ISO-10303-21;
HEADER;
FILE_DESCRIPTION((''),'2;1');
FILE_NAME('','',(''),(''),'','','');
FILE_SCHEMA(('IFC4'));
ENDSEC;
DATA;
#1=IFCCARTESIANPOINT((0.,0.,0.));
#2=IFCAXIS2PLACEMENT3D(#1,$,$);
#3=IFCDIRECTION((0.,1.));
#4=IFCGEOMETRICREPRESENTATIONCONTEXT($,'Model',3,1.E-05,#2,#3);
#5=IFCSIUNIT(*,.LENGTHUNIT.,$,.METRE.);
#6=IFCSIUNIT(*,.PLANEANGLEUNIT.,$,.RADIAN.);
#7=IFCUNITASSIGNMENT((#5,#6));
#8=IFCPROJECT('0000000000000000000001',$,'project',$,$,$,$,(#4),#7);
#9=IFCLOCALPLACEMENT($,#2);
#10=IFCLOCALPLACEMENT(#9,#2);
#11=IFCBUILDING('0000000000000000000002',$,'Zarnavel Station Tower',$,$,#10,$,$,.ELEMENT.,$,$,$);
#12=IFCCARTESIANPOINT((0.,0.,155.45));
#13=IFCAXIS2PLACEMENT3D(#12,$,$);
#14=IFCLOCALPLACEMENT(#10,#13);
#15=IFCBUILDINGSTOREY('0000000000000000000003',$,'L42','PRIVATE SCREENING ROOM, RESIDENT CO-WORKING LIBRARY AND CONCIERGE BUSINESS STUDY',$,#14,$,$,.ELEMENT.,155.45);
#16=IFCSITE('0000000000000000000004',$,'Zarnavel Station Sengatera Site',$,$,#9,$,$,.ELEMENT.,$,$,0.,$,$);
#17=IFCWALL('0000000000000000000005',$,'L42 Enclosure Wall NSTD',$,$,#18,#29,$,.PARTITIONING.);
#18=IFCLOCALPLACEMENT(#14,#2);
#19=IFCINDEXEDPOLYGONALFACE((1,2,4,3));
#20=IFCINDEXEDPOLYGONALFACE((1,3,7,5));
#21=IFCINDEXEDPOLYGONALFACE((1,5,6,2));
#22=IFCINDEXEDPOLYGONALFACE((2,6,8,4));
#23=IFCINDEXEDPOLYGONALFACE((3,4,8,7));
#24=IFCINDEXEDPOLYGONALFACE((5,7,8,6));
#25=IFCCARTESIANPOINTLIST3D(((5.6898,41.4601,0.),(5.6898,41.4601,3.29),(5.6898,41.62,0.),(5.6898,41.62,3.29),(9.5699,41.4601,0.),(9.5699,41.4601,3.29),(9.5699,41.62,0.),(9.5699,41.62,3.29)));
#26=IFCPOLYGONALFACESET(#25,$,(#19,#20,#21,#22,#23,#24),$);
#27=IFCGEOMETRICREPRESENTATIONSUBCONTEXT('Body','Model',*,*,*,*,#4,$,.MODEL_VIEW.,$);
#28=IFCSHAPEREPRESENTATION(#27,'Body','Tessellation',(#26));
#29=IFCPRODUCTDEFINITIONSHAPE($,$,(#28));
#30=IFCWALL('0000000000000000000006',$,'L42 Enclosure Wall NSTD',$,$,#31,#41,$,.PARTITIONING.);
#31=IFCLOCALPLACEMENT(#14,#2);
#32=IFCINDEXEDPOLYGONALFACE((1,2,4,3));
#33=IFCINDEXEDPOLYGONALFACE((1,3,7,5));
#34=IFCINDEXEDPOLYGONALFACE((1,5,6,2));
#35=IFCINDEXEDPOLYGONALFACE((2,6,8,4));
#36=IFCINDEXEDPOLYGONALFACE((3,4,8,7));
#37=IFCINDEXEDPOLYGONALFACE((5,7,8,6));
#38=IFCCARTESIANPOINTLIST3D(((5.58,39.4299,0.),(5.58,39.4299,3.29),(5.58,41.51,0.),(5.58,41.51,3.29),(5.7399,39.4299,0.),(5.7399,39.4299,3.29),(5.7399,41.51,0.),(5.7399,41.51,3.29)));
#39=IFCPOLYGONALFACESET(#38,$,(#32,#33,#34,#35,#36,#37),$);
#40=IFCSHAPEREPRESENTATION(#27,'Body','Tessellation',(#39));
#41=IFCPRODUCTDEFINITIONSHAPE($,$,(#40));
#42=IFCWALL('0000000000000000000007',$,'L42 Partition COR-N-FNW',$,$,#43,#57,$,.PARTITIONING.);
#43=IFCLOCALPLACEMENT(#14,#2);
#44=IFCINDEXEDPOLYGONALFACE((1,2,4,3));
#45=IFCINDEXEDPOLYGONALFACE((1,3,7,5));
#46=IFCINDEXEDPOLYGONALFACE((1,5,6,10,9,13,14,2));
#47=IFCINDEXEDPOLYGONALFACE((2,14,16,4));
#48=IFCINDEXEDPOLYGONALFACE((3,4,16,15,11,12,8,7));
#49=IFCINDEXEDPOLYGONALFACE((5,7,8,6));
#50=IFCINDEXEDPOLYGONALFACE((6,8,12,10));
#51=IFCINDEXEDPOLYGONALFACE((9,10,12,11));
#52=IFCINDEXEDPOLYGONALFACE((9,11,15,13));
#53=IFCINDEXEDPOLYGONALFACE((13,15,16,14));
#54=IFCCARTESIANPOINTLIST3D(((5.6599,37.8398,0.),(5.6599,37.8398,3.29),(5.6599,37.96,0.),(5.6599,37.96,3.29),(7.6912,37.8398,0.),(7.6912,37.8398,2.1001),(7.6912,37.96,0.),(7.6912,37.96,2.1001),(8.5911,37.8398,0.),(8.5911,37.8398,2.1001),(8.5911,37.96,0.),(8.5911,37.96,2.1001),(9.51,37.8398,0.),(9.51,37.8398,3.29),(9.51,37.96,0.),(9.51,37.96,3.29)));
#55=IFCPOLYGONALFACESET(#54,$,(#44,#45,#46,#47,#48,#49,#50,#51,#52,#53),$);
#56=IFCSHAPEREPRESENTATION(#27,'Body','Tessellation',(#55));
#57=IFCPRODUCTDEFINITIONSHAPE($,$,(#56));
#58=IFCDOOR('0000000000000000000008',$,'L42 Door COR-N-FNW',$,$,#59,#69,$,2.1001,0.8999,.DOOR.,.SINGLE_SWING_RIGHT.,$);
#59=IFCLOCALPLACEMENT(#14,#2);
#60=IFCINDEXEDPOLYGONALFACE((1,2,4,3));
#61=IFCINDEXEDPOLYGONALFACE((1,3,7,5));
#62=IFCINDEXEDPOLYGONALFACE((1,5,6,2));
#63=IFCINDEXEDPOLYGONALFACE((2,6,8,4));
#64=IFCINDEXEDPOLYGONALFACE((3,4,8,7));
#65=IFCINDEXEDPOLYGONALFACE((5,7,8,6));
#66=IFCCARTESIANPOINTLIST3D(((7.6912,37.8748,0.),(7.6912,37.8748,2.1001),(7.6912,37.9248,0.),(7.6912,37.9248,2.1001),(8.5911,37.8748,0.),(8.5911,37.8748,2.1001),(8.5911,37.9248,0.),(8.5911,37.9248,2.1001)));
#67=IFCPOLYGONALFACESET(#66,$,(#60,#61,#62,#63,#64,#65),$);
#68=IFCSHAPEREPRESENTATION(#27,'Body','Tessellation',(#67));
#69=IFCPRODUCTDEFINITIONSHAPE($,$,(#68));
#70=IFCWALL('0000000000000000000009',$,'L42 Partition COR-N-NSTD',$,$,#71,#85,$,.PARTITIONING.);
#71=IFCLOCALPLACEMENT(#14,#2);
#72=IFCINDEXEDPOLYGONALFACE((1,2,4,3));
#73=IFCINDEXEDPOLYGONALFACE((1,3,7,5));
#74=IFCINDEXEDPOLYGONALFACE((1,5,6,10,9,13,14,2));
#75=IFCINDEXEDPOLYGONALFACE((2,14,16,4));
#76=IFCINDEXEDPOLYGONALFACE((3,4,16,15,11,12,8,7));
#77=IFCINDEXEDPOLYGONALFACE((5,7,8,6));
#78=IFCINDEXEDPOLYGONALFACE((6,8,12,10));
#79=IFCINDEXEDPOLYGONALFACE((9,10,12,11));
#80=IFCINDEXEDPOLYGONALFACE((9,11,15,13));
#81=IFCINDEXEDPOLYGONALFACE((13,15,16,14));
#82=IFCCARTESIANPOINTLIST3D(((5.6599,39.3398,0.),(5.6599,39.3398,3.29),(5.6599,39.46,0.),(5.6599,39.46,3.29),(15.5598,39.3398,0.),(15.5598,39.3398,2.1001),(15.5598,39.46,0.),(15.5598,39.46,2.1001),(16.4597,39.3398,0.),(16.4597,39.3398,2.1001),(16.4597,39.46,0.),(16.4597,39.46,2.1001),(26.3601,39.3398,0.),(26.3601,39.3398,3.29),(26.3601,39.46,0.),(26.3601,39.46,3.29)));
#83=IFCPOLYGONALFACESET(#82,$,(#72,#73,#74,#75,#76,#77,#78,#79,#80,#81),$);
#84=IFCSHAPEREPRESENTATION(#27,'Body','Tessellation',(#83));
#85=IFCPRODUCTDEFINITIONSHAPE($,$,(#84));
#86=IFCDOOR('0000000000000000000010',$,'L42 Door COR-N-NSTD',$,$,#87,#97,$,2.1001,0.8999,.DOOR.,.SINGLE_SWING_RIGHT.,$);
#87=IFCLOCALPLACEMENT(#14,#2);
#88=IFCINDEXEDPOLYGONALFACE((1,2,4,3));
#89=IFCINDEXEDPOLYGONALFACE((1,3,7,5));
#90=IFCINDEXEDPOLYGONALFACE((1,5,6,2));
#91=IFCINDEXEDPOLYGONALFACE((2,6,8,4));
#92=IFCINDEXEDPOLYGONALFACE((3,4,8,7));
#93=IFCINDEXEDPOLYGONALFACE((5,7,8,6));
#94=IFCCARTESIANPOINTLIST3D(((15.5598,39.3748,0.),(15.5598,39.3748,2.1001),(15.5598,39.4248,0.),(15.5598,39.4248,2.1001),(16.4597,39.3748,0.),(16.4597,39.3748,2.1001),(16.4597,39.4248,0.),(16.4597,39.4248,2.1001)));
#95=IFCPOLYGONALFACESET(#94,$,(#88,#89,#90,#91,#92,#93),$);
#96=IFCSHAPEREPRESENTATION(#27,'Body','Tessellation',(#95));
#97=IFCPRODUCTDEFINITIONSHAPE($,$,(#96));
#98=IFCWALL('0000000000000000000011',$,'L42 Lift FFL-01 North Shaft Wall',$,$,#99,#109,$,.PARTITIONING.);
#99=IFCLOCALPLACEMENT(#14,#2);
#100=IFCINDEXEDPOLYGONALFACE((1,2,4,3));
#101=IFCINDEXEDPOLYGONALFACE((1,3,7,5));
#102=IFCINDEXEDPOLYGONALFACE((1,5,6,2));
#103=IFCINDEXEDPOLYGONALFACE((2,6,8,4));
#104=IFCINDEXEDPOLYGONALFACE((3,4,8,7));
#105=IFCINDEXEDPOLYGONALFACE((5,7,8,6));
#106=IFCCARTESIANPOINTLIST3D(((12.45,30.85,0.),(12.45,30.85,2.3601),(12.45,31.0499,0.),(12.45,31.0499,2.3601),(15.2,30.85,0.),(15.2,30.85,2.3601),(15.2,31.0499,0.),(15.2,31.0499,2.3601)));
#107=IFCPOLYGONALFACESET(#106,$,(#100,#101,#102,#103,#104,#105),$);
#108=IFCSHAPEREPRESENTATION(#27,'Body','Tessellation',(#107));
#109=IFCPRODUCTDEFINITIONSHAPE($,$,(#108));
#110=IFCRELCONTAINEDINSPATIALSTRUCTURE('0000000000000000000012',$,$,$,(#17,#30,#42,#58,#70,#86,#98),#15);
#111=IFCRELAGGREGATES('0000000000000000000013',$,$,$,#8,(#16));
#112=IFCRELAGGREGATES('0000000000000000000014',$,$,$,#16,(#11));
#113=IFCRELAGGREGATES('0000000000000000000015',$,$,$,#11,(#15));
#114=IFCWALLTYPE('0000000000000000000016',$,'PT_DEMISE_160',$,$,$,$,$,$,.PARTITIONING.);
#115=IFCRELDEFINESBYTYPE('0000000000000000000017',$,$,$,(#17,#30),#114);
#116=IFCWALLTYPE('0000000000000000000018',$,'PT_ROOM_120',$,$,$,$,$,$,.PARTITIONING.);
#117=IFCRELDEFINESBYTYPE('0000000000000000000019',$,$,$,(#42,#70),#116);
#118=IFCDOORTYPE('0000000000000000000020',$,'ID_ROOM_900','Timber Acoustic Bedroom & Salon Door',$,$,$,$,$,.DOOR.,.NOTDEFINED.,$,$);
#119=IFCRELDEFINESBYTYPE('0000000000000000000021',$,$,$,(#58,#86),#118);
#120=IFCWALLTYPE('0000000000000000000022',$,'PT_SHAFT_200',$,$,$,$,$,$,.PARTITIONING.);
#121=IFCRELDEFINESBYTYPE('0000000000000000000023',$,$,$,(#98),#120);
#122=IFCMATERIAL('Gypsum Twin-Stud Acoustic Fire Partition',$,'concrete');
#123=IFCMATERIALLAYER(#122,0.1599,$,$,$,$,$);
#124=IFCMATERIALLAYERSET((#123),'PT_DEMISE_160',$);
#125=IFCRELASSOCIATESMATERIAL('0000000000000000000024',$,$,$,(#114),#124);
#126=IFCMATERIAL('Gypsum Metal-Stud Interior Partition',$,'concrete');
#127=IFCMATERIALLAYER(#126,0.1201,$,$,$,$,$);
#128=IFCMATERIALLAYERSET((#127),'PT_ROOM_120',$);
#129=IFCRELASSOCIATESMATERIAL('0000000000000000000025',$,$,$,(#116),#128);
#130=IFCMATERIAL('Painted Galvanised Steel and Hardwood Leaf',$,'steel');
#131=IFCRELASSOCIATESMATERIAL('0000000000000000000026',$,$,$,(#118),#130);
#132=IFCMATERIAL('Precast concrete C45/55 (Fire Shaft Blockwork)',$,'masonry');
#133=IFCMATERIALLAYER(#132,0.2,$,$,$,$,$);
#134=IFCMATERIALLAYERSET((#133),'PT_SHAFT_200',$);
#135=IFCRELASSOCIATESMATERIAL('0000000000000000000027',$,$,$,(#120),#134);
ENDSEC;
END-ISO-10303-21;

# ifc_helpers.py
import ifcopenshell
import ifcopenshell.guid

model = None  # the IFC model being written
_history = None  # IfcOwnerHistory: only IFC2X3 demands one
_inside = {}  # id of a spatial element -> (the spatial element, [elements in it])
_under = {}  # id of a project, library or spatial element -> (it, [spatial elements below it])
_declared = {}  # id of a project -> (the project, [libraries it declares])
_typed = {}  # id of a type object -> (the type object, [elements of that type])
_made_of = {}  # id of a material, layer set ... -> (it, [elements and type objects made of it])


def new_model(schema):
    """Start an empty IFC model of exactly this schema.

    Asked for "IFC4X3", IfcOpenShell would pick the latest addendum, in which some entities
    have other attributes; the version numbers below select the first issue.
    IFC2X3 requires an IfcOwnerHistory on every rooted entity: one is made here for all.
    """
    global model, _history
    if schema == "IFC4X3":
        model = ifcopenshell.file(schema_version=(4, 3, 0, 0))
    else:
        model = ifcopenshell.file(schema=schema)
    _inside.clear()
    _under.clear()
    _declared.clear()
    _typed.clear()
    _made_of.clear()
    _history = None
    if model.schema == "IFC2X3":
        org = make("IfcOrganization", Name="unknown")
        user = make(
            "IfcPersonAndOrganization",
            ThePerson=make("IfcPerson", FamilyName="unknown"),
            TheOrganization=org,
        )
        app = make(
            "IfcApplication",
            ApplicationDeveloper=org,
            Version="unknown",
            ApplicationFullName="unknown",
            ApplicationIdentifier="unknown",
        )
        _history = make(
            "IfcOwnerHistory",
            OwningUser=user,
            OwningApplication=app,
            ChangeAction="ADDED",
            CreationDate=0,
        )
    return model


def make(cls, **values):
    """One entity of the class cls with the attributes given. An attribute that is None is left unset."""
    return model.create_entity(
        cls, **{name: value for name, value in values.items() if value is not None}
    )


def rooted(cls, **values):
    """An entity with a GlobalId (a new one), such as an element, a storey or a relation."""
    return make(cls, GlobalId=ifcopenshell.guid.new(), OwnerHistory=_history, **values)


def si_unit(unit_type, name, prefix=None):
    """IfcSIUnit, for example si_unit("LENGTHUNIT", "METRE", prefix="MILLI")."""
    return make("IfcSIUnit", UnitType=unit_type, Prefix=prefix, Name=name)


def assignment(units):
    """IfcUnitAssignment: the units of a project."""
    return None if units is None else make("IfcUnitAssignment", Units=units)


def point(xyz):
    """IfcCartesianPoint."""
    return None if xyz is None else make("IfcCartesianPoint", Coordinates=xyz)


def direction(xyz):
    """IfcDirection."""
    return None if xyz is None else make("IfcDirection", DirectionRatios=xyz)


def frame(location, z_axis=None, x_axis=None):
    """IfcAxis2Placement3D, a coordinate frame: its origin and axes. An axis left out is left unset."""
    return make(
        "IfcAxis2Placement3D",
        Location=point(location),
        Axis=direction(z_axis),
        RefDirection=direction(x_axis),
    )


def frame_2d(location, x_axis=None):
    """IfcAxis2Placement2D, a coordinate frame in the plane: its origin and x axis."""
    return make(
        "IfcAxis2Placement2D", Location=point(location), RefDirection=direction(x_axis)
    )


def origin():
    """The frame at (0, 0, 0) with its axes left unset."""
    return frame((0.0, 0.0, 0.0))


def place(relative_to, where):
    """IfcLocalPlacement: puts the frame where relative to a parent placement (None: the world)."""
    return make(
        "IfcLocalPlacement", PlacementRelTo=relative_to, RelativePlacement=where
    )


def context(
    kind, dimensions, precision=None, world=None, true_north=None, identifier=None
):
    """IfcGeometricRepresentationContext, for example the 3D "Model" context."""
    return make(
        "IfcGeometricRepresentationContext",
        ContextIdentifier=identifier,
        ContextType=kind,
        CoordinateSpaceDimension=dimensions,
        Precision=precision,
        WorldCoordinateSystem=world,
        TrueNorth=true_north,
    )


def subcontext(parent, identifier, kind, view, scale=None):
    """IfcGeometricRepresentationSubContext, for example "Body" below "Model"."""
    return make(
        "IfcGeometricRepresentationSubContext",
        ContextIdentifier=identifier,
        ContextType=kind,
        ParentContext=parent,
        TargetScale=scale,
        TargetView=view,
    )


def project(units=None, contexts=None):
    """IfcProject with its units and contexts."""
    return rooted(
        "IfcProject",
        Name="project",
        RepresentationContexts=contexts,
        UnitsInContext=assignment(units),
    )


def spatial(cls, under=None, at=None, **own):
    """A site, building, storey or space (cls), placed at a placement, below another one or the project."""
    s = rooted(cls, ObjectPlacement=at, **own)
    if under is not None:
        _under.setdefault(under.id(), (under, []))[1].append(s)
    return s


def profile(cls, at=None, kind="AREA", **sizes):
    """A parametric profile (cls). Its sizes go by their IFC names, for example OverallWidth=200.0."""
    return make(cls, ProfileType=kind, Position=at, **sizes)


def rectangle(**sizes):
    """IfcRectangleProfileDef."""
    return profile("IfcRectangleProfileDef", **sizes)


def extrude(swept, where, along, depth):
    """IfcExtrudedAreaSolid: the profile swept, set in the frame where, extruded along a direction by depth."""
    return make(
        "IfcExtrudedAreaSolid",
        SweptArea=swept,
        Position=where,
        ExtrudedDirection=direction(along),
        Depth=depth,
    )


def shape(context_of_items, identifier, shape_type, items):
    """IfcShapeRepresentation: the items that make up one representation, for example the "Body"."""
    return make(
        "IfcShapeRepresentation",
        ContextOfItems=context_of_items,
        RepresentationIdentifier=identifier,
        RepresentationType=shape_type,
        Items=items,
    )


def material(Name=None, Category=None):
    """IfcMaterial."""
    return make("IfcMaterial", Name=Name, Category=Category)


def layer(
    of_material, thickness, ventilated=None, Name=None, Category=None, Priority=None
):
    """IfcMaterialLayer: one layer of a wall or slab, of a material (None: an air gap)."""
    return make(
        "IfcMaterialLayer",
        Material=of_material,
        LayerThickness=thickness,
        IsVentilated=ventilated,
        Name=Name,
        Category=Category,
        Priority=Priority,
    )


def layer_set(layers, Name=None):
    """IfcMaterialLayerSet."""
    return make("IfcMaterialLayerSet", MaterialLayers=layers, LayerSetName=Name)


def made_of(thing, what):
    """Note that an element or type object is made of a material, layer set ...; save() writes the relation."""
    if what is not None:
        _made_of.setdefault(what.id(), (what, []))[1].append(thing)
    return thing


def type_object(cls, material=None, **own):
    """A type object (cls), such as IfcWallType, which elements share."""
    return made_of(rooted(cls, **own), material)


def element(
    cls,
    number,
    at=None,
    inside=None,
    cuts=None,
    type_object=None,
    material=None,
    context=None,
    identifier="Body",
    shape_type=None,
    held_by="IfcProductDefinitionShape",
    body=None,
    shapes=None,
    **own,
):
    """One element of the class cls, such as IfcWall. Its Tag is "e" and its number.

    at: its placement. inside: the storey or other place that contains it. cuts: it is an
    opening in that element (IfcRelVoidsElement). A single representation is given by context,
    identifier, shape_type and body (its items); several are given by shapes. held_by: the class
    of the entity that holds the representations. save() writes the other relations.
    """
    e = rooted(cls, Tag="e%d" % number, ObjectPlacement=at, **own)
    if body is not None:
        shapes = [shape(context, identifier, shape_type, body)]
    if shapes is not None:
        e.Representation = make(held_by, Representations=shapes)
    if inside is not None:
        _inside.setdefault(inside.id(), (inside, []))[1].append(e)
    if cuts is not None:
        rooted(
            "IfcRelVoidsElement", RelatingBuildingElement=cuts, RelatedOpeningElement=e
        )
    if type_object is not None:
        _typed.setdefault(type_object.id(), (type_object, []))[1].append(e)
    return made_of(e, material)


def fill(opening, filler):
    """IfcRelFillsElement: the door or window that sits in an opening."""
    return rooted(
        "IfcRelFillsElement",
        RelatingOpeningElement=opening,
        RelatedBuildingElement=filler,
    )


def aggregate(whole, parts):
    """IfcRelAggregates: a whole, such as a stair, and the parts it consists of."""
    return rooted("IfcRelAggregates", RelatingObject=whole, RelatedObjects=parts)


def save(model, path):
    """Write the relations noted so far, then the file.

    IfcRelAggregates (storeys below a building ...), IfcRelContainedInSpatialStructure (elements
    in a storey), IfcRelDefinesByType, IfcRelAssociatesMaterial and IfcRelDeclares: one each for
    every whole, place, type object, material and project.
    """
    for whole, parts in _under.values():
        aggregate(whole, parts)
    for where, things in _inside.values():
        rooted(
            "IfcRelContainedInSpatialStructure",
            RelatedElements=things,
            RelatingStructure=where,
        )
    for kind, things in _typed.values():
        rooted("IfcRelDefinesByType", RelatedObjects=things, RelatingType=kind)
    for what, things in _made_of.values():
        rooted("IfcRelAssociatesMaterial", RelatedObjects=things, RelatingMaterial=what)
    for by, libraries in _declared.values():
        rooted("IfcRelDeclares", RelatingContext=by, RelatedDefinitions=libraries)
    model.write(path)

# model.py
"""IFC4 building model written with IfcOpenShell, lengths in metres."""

from ifc_helpers import new_model, si_unit, direction, frame, frame_2d, origin, place, context, subcontext, project, spatial, rectangle, extrude, material, layer, layer_set, type_object, element, fill, save


model = new_model("IFC4")

# Units and contexts
model_context = context("Model", 3, precision=1e-05, world=origin(), true_north=direction((0.0, 1.0)))
body_context = subcontext(model_context, "Body", "Model", "MODEL_VIEW")
ifc_project = project(units=[si_unit("LENGTHUNIT", "METRE"), si_unit("PLANEANGLEUNIT", "RADIAN")], contexts=[model_context])

# Site, building, storey
site_placement = place(None, origin())
site = spatial("IfcSite", under=ifc_project, at=site_placement, Name="Zarnavel Station Sengatera Site", CompositionType="ELEMENT", RefElevation=0.0)
building_placement = place(site_placement, origin())
building = spatial("IfcBuilding", under=site, at=building_placement, Name="Zarnavel Station Tower", CompositionType="ELEMENT")
storey_placement = place(building_placement, frame((0.0, 0.0, 155.45)))
storey = spatial("IfcBuildingStorey", under=building, at=storey_placement, Name="L42", Description="PRIVATE SCREENING ROOM, RESIDENT CO-WORKING LIBRARY AND CONCIERGE BUSINESS STUDY", CompositionType="ELEMENT", Elevation=155.45)

# Walls
ifc_material_1 = material(Name="Gypsum Twin-Stud Acoustic Fire Partition", Category="concrete")
ifc_layer_1 = layer(ifc_material_1, 0.1599)
ifc_layer_set_1 = layer_set([ifc_layer_1], Name="PT_DEMISE_160")
wall_type_1 = type_object("IfcWallType", Name="PT_DEMISE_160", PredefinedType="PARTITIONING", material=ifc_layer_set_1)
wall_1_placement = place(storey_placement, frame((5.6899, 41.54, 0.0), z_axis=(0.0, 0.0, 1.0), x_axis=(1.0, 0.0, 0.0)))
element("IfcWall", 1, at=wall_1_placement, inside=storey, type_object=wall_type_1, Name="L42 Enclosure Wall NSTD", PredefinedType="PARTITIONING", context=body_context, shape_type="SweptSolid", body=[
    extrude(rectangle(XDim=3.8801, YDim=0.1599, at=frame_2d((1.9399, 0.0))), origin(), (0.0, 0.0, 1.0), 3.29),
])
wall_2_placement = place(storey_placement, frame((5.6599, 39.4299, 0.0), z_axis=(0.0, 0.0, 1.0), x_axis=(0.0, 1.0, 0.0)))
element("IfcWall", 2, at=wall_2_placement, inside=storey, type_object=wall_type_1, Name="L42 Enclosure Wall NSTD", PredefinedType="PARTITIONING", context=body_context, shape_type="SweptSolid", body=[
    extrude(rectangle(XDim=2.0801, YDim=0.1599, at=frame_2d((1.04, 0.0))), origin(), (0.0, 0.0, 1.0), 3.29),
])

# Walls, openings, doors
ifc_material_2 = material(Name="Gypsum Metal-Stud Interior Partition", Category="concrete")
ifc_layer_2 = layer(ifc_material_2, 0.1201)
ifc_layer_set_2 = layer_set([ifc_layer_2], Name="PT_ROOM_120")
wall_type_2 = type_object("IfcWallType", Name="PT_ROOM_120", PredefinedType="PARTITIONING", material=ifc_layer_set_2)
wall_3_placement = place(storey_placement, frame((5.6599, 37.8999, 0.0), z_axis=(0.0, 0.0, 1.0), x_axis=(1.0, 0.0, 0.0)))
wall_3 = element("IfcWall", 3, at=wall_3_placement, inside=storey, type_object=wall_type_2, Name="L42 Partition COR-N-FNW", PredefinedType="PARTITIONING", context=body_context, shape_type="SweptSolid", body=[
    extrude(rectangle(XDim=3.8501, YDim=0.1201, at=frame_2d((1.925, 0.0))), origin(), (0.0, 0.0, 1.0), 3.29),
])
opening_1_placement = place(wall_3_placement, frame((2.0312, 0.0, 0.0)))
opening_1 = element("IfcOpeningElement", 4, at=opening_1_placement, cuts=wall_3, PredefinedType="OPENING", context=body_context, shape_type="SweptSolid", body=[
    extrude(rectangle(XDim=0.8999, YDim=2.1001, at=frame_2d((0.45, 1.05))), frame((0.0, 0.0701, 0.0), z_axis=(0.0, -1.0, 0.0), x_axis=(1.0, 0.0, 0.0)), (0.0, 0.0, 1.0), 0.1401),
])
ifc_material_3 = material(Name="Painted Galvanised Steel and Hardwood Leaf", Category="steel")
door_type_1 = type_object("IfcDoorType", Name="ID_ROOM_900", Description="Timber Acoustic Bedroom & Salon Door", OperationType="NOTDEFINED", PredefinedType="DOOR", material=ifc_material_3)
door_1_placement = place(opening_1_placement, origin())
door_1 = element("IfcDoor", 5, at=door_1_placement, inside=storey, type_object=door_type_1, Name="L42 Door COR-N-FNW", OperationType="SINGLE_SWING_RIGHT", OverallHeight=2.1001, OverallWidth=0.8999, PredefinedType="DOOR", context=body_context, shape_type="SweptSolid", body=[
    extrude(rectangle(XDim=0.8999, YDim=2.1001, at=frame_2d((0.45, 1.05))), frame((0.0, 0.0249, 0.0), z_axis=(0.0, -1.0, 0.0), x_axis=(1.0, 0.0, 0.0)), (0.0, 0.0, 1.0), 0.05),
])
fill(opening_1, door_1)
wall_4_placement = place(storey_placement, frame((5.6599, 39.3999, 0.0), z_axis=(0.0, 0.0, 1.0), x_axis=(1.0, 0.0, 0.0)))
wall_4 = element("IfcWall", 6, at=wall_4_placement, inside=storey, type_object=wall_type_2, Name="L42 Partition COR-N-NSTD", PredefinedType="PARTITIONING", context=body_context, shape_type="SweptSolid", body=[
    extrude(rectangle(XDim=20.7002, YDim=0.1201, at=frame_2d((10.3501, 0.0))), origin(), (0.0, 0.0, 1.0), 3.29),
])
opening_2_placement = place(wall_4_placement, frame((9.8999, 0.0, 0.0)))
opening_2 = element("IfcOpeningElement", 7, at=opening_2_placement, cuts=wall_4, PredefinedType="OPENING", context=body_context, shape_type="SweptSolid", body=[
    extrude(rectangle(XDim=0.8999, YDim=2.1001, at=frame_2d((0.45, 1.05))), frame((0.0, 0.0701, 0.0), z_axis=(0.0, -1.0, 0.0), x_axis=(1.0, 0.0, 0.0)), (0.0, 0.0, 1.0), 0.1401),
])
door_2_placement = place(opening_2_placement, origin())
door_2 = element("IfcDoor", 8, at=door_2_placement, inside=storey, type_object=door_type_1, Name="L42 Door COR-N-NSTD", OperationType="SINGLE_SWING_RIGHT", OverallHeight=2.1001, OverallWidth=0.8999, PredefinedType="DOOR", context=body_context, shape_type="SweptSolid", body=[
    extrude(rectangle(XDim=0.8999, YDim=2.1001, at=frame_2d((0.45, 1.05))), frame((0.0, 0.0249, 0.0), z_axis=(0.0, -1.0, 0.0), x_axis=(1.0, 0.0, 0.0)), (0.0, 0.0, 1.0), 0.05),
])
fill(opening_2, door_2)
ifc_material_4 = material(Name="Precast concrete C45/55 (Fire Shaft Blockwork)", Category="masonry")
ifc_layer_3 = layer(ifc_material_4, 0.2)
ifc_layer_set_3 = layer_set([ifc_layer_3], Name="PT_SHAFT_200")
wall_type_3 = type_object("IfcWallType", Name="PT_SHAFT_200", PredefinedType="PARTITIONING", material=ifc_layer_set_3)

# Wall
wall_5_placement = place(storey_placement, frame((12.45, 30.95, 0.0), z_axis=(0.0, 0.0, 1.0), x_axis=(1.0, 0.0, 0.0)))
element("IfcWall", 9, at=wall_5_placement, inside=storey, type_object=wall_type_3, Name="L42 Lift FFL-01 North Shaft Wall", PredefinedType="PARTITIONING", context=body_context, shape_type="SweptSolid", body=[
    extrude(rectangle(XDim=2.75, YDim=0.2, at=frame_2d((1.375, 0.0))), origin(), (0.0, 0.0, 1.0), 2.3601),
])

save(model, "model.ifc")
